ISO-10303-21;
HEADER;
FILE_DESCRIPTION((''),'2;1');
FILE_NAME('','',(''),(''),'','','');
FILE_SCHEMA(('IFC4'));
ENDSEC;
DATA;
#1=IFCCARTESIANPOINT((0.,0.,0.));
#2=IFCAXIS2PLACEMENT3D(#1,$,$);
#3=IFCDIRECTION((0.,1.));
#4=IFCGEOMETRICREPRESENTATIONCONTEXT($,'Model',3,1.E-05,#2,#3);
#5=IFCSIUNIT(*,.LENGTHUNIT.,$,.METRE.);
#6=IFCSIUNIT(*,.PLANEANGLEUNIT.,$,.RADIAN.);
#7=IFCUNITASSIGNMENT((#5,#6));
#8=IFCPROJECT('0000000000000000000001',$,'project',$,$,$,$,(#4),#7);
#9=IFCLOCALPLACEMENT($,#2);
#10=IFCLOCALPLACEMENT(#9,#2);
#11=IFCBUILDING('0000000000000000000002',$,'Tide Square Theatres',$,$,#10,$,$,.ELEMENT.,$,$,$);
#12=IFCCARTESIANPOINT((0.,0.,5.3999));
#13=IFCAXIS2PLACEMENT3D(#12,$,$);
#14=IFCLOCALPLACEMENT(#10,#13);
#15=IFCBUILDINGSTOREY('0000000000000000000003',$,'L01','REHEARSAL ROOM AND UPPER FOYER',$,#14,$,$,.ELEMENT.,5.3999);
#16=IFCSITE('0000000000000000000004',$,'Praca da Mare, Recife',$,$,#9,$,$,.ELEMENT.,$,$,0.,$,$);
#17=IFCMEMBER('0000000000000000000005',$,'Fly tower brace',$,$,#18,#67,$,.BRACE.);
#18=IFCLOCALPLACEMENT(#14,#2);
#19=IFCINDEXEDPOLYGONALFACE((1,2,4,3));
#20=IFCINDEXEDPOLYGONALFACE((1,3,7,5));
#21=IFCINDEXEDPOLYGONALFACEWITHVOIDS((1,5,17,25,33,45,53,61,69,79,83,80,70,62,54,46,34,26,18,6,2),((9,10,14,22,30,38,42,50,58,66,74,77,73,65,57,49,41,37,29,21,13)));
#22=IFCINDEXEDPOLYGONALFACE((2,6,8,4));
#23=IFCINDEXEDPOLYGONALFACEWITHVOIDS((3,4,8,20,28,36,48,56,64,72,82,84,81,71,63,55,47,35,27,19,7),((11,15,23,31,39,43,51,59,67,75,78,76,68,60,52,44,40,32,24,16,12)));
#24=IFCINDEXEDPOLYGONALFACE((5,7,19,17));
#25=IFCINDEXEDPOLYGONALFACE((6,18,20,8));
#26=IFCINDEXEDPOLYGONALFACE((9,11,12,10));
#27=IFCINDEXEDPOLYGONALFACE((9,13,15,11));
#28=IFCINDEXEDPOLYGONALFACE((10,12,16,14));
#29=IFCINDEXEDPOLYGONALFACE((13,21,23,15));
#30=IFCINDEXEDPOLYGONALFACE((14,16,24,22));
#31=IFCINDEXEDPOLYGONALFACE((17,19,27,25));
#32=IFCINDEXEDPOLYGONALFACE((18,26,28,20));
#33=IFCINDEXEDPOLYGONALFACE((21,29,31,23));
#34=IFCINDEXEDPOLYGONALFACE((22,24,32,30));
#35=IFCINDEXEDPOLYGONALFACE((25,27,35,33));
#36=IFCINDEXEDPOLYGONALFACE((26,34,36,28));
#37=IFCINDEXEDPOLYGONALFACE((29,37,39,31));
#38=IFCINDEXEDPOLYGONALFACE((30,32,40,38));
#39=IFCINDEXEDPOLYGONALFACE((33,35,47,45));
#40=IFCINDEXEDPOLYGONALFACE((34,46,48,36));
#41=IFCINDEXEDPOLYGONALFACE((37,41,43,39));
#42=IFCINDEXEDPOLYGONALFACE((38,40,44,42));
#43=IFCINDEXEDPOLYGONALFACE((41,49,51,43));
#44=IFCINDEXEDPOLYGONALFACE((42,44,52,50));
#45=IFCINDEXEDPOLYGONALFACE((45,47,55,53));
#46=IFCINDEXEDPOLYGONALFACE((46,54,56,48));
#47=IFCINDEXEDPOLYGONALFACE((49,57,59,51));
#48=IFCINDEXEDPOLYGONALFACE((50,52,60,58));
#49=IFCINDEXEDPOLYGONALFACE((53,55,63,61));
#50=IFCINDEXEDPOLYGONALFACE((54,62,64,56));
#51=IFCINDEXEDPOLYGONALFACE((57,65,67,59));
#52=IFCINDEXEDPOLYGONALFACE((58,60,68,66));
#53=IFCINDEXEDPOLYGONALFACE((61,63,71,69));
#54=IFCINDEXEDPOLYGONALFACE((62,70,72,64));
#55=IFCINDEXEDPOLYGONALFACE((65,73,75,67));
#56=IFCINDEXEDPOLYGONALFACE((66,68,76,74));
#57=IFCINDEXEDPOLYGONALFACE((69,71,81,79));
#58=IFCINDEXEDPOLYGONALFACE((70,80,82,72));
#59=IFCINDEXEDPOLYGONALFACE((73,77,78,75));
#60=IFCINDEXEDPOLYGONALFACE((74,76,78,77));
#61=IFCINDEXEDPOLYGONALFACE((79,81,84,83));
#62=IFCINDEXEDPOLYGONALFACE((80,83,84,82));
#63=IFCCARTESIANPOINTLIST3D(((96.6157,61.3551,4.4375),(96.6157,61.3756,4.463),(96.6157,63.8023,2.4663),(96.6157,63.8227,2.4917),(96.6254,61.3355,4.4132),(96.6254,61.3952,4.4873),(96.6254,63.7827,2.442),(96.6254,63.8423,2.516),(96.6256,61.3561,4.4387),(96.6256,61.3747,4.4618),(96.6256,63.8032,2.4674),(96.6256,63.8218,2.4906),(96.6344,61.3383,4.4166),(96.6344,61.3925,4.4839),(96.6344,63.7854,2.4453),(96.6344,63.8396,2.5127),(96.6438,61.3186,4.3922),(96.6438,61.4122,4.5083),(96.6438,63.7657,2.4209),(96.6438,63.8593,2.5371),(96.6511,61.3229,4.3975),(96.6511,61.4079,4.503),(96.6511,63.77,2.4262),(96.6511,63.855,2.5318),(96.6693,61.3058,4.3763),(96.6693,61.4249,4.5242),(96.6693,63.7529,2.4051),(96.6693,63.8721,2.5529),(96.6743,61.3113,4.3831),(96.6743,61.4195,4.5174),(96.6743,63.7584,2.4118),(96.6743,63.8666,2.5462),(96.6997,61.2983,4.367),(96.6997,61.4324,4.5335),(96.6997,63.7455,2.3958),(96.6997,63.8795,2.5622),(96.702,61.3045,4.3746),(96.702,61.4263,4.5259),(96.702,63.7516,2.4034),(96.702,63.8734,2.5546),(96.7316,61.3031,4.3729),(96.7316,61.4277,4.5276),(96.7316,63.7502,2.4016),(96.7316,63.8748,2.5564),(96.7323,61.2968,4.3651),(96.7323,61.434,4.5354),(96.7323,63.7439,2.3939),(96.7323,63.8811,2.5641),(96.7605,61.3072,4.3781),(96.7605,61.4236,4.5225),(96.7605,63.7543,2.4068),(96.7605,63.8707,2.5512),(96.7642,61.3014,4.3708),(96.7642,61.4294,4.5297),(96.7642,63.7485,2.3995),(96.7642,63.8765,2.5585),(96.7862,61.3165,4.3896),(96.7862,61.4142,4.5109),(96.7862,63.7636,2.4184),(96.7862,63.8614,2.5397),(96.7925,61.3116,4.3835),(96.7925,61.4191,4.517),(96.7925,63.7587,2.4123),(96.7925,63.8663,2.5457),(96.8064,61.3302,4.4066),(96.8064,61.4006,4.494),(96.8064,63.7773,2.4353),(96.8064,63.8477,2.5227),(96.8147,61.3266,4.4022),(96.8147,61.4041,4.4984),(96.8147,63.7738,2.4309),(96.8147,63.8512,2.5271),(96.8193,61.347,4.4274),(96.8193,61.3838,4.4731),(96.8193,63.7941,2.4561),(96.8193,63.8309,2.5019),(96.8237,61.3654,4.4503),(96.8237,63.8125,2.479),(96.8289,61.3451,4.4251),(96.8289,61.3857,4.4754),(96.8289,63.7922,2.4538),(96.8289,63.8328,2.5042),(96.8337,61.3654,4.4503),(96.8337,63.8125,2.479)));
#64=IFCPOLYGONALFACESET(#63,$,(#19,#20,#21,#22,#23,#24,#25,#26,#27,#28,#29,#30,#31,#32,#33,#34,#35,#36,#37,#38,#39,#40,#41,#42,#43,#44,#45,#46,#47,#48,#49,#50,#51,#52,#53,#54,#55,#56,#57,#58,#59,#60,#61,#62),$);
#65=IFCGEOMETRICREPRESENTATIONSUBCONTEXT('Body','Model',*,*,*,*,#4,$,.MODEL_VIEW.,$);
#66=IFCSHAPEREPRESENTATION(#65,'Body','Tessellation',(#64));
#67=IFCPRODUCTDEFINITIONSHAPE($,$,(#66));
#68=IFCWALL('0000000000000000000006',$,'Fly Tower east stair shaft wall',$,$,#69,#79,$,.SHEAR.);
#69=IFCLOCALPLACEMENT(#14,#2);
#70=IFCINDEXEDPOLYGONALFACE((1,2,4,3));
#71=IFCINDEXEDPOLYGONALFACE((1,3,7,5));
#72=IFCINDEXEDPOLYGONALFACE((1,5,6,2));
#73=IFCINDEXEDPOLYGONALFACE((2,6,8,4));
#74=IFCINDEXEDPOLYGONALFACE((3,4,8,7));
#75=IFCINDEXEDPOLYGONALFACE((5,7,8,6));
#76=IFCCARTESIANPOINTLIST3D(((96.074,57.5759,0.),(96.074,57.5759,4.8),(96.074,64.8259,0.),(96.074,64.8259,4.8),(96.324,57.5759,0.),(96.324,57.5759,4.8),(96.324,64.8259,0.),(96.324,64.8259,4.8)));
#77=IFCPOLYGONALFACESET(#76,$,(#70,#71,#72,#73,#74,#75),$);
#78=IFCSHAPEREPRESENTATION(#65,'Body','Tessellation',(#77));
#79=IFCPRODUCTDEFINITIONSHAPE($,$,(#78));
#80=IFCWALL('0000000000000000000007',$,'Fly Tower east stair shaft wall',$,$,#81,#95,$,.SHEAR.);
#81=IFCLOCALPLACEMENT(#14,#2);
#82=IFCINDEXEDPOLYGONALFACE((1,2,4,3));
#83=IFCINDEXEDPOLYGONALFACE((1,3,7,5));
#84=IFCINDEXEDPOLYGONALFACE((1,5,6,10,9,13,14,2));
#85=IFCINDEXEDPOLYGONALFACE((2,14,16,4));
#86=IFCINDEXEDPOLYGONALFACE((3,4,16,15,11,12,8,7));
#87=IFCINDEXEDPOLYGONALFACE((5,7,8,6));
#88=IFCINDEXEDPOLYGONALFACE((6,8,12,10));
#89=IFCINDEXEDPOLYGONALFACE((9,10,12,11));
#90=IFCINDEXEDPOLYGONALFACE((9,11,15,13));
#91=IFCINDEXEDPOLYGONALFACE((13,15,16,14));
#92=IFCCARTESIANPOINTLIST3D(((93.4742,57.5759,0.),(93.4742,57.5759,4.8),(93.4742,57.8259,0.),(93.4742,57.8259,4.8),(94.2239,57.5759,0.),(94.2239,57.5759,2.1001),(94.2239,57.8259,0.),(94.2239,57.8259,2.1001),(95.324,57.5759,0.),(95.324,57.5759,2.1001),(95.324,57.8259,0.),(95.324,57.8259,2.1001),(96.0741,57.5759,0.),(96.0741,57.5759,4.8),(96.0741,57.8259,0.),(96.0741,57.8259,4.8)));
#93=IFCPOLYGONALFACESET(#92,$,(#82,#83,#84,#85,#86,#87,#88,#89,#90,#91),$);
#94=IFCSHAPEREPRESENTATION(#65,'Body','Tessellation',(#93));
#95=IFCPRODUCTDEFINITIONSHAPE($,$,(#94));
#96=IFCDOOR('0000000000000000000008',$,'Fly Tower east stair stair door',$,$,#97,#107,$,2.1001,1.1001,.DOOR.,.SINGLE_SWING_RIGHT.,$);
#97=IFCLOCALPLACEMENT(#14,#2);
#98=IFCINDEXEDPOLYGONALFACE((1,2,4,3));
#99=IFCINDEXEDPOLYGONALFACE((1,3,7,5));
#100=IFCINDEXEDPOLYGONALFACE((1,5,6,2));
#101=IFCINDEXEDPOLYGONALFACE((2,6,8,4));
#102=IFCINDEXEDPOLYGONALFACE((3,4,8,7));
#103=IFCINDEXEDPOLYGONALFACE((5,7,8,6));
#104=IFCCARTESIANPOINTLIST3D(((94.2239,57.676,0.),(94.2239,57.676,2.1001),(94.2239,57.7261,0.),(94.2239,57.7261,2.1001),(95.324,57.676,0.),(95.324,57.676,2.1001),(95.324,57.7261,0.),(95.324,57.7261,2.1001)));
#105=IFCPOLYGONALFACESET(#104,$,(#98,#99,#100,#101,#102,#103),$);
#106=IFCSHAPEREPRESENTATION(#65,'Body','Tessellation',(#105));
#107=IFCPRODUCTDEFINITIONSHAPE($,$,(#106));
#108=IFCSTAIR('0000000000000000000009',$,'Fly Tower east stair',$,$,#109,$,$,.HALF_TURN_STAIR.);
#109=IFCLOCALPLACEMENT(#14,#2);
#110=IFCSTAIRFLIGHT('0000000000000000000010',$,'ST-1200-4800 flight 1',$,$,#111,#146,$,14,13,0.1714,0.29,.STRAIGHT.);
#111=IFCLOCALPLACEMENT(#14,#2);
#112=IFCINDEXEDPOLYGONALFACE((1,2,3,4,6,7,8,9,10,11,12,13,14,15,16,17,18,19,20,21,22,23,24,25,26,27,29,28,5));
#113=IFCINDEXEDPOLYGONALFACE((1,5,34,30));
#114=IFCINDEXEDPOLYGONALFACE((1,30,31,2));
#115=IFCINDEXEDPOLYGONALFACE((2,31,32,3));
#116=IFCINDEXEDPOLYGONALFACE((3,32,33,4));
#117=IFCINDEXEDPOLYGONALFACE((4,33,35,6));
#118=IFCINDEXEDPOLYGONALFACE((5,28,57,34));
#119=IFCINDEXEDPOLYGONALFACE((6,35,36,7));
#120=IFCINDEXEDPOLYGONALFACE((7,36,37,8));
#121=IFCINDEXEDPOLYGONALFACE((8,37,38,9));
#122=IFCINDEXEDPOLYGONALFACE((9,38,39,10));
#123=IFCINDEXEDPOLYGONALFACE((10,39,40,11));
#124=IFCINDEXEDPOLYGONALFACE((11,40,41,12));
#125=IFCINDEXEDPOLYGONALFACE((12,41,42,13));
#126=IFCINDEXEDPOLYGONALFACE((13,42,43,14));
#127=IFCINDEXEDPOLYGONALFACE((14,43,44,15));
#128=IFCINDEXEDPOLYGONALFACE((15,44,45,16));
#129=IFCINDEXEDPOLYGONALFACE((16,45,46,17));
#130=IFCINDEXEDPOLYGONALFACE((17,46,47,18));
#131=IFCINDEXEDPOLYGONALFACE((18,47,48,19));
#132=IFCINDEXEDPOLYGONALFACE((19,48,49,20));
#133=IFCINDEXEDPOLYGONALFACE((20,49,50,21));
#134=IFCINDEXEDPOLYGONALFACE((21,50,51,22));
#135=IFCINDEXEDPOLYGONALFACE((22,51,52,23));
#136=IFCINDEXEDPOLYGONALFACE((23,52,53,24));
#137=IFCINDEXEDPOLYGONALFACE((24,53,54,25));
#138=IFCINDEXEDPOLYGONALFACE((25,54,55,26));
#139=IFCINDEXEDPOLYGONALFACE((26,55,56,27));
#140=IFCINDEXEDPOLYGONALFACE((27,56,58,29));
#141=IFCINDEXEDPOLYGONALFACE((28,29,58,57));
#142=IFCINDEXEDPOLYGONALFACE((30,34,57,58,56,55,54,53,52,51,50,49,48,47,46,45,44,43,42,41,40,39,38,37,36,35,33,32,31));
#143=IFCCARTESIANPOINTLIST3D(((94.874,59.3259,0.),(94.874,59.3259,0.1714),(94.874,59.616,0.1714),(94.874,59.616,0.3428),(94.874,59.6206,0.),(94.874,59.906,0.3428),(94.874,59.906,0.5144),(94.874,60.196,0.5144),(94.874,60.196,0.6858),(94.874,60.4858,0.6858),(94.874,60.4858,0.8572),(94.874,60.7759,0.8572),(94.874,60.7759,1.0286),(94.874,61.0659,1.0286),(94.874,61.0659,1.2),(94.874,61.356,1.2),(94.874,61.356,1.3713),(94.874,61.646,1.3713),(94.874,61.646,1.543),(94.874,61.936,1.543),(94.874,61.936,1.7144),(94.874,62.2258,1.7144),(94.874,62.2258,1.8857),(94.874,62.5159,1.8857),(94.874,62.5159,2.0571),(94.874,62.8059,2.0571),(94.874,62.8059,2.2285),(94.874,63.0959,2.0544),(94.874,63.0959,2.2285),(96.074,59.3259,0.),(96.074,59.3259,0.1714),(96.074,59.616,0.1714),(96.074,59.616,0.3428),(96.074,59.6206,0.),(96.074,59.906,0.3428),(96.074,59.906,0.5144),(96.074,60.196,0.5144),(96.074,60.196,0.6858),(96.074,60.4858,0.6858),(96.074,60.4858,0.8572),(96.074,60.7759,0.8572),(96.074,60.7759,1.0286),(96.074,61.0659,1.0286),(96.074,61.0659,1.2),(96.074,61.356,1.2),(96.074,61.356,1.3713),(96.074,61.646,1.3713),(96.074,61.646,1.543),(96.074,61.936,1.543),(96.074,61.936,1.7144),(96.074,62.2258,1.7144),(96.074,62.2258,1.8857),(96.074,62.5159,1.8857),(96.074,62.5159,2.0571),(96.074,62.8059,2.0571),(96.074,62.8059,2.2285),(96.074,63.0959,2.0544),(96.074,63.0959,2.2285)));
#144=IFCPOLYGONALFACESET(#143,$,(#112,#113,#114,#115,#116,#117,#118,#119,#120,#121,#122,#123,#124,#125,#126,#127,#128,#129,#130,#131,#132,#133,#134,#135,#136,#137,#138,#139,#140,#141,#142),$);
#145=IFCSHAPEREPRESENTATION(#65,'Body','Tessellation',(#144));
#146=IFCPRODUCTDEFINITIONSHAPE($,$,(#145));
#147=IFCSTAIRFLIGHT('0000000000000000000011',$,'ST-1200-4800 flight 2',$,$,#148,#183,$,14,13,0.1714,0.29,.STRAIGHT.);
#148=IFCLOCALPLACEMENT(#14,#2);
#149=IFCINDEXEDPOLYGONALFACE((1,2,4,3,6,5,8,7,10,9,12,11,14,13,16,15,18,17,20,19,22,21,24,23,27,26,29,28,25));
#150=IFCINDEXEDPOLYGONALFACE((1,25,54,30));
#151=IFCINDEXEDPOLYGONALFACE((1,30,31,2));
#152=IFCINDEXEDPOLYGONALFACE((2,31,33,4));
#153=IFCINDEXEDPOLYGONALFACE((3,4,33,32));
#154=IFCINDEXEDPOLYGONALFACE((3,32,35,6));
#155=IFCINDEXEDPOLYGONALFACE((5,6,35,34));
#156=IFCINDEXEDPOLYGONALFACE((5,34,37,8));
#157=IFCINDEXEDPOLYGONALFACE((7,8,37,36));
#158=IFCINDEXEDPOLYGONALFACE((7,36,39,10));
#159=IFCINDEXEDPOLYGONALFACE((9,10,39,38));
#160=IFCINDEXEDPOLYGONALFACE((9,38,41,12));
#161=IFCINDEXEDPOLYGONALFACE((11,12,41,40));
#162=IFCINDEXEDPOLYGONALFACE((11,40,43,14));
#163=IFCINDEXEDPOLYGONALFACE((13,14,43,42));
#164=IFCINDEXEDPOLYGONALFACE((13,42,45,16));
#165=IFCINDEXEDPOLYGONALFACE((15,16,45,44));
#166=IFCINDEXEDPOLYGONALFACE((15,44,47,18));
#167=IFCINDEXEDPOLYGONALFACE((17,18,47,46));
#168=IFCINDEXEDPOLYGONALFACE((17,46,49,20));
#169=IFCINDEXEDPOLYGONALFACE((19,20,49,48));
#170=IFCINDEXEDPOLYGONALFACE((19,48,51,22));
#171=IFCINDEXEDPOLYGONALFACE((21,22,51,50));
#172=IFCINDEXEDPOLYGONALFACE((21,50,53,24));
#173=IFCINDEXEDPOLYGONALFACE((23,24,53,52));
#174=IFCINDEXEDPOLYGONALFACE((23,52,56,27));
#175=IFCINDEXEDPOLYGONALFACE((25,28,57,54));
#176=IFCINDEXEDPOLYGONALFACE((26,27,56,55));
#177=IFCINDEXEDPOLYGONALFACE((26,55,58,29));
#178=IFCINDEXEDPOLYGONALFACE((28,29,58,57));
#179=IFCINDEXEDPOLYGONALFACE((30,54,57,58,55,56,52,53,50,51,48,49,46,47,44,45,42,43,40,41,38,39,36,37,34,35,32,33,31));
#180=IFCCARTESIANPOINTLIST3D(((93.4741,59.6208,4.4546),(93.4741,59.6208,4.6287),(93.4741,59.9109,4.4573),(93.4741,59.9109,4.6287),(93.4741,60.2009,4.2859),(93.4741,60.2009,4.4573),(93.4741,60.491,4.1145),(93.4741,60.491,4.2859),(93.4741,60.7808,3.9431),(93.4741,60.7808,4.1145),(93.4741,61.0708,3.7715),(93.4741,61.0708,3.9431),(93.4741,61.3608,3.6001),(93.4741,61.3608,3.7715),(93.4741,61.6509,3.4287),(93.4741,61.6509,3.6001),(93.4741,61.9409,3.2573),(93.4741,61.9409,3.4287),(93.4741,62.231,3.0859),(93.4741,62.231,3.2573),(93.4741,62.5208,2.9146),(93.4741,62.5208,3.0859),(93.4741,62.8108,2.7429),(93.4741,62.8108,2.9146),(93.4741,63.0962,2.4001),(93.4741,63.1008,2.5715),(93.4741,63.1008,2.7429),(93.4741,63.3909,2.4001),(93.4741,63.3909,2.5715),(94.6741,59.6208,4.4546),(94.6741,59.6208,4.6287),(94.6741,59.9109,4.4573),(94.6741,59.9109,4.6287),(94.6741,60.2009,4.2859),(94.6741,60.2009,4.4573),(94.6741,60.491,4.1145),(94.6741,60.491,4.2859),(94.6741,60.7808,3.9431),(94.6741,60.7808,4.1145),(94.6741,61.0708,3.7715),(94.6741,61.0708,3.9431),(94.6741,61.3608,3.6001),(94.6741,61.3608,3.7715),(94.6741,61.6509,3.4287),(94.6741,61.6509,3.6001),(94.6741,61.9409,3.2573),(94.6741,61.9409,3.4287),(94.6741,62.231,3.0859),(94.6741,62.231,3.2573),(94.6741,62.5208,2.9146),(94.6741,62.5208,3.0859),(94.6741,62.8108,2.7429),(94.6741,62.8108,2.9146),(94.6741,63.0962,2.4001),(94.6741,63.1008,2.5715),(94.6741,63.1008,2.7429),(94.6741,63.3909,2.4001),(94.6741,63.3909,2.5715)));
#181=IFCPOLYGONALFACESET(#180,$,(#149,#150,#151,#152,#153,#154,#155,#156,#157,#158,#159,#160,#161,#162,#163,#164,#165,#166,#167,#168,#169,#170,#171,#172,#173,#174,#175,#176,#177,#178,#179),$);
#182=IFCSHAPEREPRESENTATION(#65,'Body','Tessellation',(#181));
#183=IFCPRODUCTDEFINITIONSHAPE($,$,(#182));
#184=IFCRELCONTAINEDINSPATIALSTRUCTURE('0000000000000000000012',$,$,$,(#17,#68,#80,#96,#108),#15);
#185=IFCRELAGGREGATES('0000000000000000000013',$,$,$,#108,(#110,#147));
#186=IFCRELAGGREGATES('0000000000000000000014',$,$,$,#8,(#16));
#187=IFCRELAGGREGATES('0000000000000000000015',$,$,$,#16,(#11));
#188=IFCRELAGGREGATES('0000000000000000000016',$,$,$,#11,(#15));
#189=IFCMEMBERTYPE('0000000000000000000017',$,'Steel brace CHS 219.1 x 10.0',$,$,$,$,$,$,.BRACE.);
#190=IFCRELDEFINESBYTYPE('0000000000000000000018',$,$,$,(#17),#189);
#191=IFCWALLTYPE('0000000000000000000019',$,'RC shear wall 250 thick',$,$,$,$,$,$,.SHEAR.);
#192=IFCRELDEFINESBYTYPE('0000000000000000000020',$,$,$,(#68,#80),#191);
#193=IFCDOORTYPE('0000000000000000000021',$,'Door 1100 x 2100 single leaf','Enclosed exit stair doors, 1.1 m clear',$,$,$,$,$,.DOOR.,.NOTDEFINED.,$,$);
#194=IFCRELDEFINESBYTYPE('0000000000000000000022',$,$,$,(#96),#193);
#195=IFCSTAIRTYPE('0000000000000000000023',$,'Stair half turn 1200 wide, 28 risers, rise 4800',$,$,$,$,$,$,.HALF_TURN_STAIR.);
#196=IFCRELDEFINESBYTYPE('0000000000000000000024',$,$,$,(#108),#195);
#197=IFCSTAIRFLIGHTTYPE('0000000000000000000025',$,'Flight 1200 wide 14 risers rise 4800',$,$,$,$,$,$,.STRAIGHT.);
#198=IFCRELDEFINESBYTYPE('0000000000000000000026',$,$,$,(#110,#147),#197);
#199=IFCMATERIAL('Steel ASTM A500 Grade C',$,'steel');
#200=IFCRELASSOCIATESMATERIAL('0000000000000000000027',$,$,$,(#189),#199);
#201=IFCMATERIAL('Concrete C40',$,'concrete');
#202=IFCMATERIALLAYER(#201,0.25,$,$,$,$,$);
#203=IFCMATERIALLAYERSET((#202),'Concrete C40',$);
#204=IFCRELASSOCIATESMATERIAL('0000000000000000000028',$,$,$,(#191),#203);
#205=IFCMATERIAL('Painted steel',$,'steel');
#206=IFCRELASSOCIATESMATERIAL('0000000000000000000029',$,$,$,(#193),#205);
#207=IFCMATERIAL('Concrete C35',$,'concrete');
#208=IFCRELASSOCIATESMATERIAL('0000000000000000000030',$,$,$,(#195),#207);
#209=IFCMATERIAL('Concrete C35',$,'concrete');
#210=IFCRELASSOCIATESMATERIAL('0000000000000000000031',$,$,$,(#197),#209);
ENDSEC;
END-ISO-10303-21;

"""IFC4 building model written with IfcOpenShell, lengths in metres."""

from ifc_helpers import new_model, si_unit, direction, frame, frame_2d, origin, origin_2d, place, context, subcontext, project, spatial, polyline, rectangle, hollow_circle, outline, extrude, material, layer, layer_set, material_profile, profile_set, type_object, element, fill, aggregate, save


model = new_model("IFC4")

# Units and contexts
model_context = context("Model", 3, precision=1e-05, world=origin(), true_north=direction((0.0, 1.0)))
body_context = subcontext(model_context, "Body", "Model", "MODEL_VIEW")
ifc_project = project(units=[si_unit("LENGTHUNIT", "METRE"), si_unit("PLANEANGLEUNIT", "RADIAN")], contexts=[model_context])

# Site, building, storey
site_placement = place(None, origin())
site = spatial("IfcSite", under=ifc_project, at=site_placement, Name="Praca da Mare, Recife", CompositionType="ELEMENT", RefElevation=0.0)
building_placement = place(site_placement, origin())
building = spatial("IfcBuilding", under=site, at=building_placement, Name="Tide Square Theatres", CompositionType="ELEMENT")
storey_placement = place(building_placement, frame((0.0, 0.0, 5.3999)))
storey = spatial("IfcBuildingStorey", under=building, at=storey_placement, Name="L01", Description="REHEARSAL ROOM AND UPPER FOYER", CompositionType="ELEMENT", Elevation=5.3999)

# Member
ifc_material_1 = material(Name="Steel ASTM A500 Grade C", Category="steel")
ifc_material_profile_1 = material_profile(ifc_material_1, hollow_circle(Radius=0.1096, WallThickness=0.01, at=origin_2d()))
ifc_profile_set_1 = profile_set([ifc_material_profile_1], Name="Steel ASTM A500 Grade C")
member_type = type_object("IfcMemberType", Name="Steel brace CHS 219.1 x 10.0", PredefinedType="BRACE", material=ifc_profile_set_1)
member_1_placement = place(storey_placement, frame((96.7241, 63.8125, 2.479), z_axis=(0.0, -0.778757, 0.627326), x_axis=(1.0, 0.0, 0.0)))
element("IfcMember", 1, at=member_1_placement, inside=storey, type_object=member_type, Name="Fly tower brace", PredefinedType="BRACE", context=body_context, shape_type="SweptSolid", body=[
    extrude(hollow_circle(Radius=0.1096, WallThickness=0.01, at=origin_2d()), origin(), (0.0, 0.0, 1.0), 3.1423),
])

# Wall
ifc_material_2 = material(Name="Concrete C40", Category="concrete")
ifc_layer = layer(ifc_material_2, 0.25)
ifc_layer_set = layer_set([ifc_layer], Name="Concrete C40")
wall_type = type_object("IfcWallType", Name="RC shear wall 250 thick", PredefinedType="SHEAR", material=ifc_layer_set)
wall_1_placement = place(storey_placement, frame((96.199, 57.5759, 0.0), z_axis=(0.0, 0.0, 1.0), x_axis=(0.0, 1.0, 0.0)))
element("IfcWall", 2, at=wall_1_placement, inside=storey, type_object=wall_type, Name="Fly Tower east stair shaft wall", PredefinedType="SHEAR", context=body_context, shape_type="SweptSolid", body=[
    extrude(rectangle(XDim=7.25, YDim=0.25, at=frame_2d((3.625, 0.0))), origin(), (0.0, 0.0, 1.0), 4.8),
])

# Wall, opening, door
wall_2_placement = place(storey_placement, frame((96.074, 57.7009, 0.0), z_axis=(0.0, 0.0, 1.0), x_axis=(-1.0, 0.0, 0.0)))
wall_2 = element("IfcWall", 3, at=wall_2_placement, inside=storey, type_object=wall_type, Name="Fly Tower east stair shaft wall", PredefinedType="SHEAR", context=body_context, shape_type="SweptSolid", body=[
    extrude(rectangle(XDim=2.5999, YDim=0.25, at=frame_2d((1.2998, 0.0))), origin(), (0.0, 0.0, 1.0), 4.8),
])
opening_placement = place(wall_2_placement, frame((0.75, 0.0, 0.0)))
opening = element("IfcOpeningElement", 4, at=opening_placement, cuts=wall_2, PredefinedType="OPENING", context=body_context, shape_type="SweptSolid", body=[
    extrude(rectangle(XDim=1.1001, YDim=2.1001, at=frame_2d((0.55, 1.05))), frame((0.0, 0.135, 0.0), z_axis=(0.0, -1.0, 0.0), x_axis=(1.0, 0.0, 0.0)), (0.0, 0.0, 1.0), 0.27),
])
ifc_material_3 = material(Name="Painted steel", Category="steel")
door_type = type_object("IfcDoorType", Name="Door 1100 x 2100 single leaf", Description="Enclosed exit stair doors, 1.1 m clear", OperationType="NOTDEFINED", PredefinedType="DOOR", material=ifc_material_3)
door_placement = place(opening_placement, origin())
door = element("IfcDoor", 5, at=door_placement, inside=storey, type_object=door_type, Name="Fly Tower east stair stair door", OperationType="SINGLE_SWING_RIGHT", OverallHeight=2.1001, OverallWidth=1.1001, PredefinedType="DOOR", context=body_context, shape_type="SweptSolid", body=[
    extrude(rectangle(XDim=1.1001, YDim=2.1001, at=frame_2d((0.55, 1.05))), frame((0.0, 0.0249, 0.0), z_axis=(0.0, -1.0, 0.0), x_axis=(1.0, 0.0, 0.0)), (0.0, 0.0, 1.0), 0.05),
])
fill(opening, door)

# Stair, stair flights
ifc_material_4 = material(Name="Concrete C35", Category="concrete")
stair_type = type_object("IfcStairType", Name="Stair half turn 1200 wide, 28 risers, rise 4800", PredefinedType="HALF_TURN_STAIR", material=ifc_material_4)
stair_placement = place(storey_placement, origin())
stair = element("IfcStair", 6, at=stair_placement, inside=storey, type_object=stair_type, Name="Fly Tower east stair", PredefinedType="HALF_TURN_STAIR")
ifc_material_5 = material(Name="Concrete C35", Category="concrete")
stair_flight_type = type_object("IfcStairFlightType", Name="Flight 1200 wide 14 risers rise 4800", PredefinedType="STRAIGHT", material=ifc_material_5)
stair_flight_1_placement = place(storey_placement, frame((95.4741, 59.3259, 0.0), z_axis=(0.0, 0.0, 1.0), x_axis=(0.0, 1.0, 0.0)))
stair_flight_1 = element("IfcStairFlight", 7, at=stair_flight_1_placement, type_object=stair_flight_type, Name="ST-1200-4800 flight 1", NumberOfRisers=14, NumberOfTreads=13, PredefinedType="STRAIGHT", RiserHeight=0.1714, TreadLength=0.29, context=body_context, shape_type="SweptSolid", body=[
    extrude(outline(polyline([(0.0, 0.0), (0.0, 0.1714), (0.29, 0.1714), (0.29, 0.3428), (0.5801, 0.3428), (0.5801, 0.5144), (0.8701, 0.5144), (0.8701, 0.6858), (1.1599, 0.6858), (1.1599, 0.8572), (1.45, 0.8572), (1.45, 1.0286), (1.74, 1.0286), (1.74, 1.2), (2.03, 1.2), (2.03, 1.3713), (2.3201, 1.3713), (2.3201, 1.543), (2.6101, 1.543), (2.6101, 1.7144), (2.8999, 1.7144), (2.8999, 1.8857), (3.1899, 1.8857), (3.1899, 2.0571), (3.48, 2.0571), (3.48, 2.2285), (3.77, 2.2285), (3.77, 2.3999), (3.77, 2.0544), (0.2947, 0.0), (0.0, 0.0)])), frame((0.0, 0.6001, 0.0), z_axis=(0.0, -1.0, 0.0), x_axis=(1.0, 0.0, 0.0)), (0.0, 0.0, 1.0), 1.2),
])
stair_flight_2_placement = place(storey_placement, frame((94.074, 63.3909, 2.4001), z_axis=(0.0, 0.0, 1.0), x_axis=(0.0, -1.0, 0.0)))
stair_flight_2 = element("IfcStairFlight", 8, at=stair_flight_2_placement, type_object=stair_flight_type, Name="ST-1200-4800 flight 2", NumberOfRisers=14, NumberOfTreads=13, PredefinedType="STRAIGHT", RiserHeight=0.1714, TreadLength=0.29, context=body_context, shape_type="SweptSolid", body=[
    extrude(outline(polyline([(0.0, 0.0), (0.0, 0.1714), (0.29, 0.1714), (0.29, 0.3428), (0.5801, 0.3428), (0.5801, 0.5144), (0.8701, 0.5144), (0.8701, 0.6858), (1.1599, 0.6858), (1.1599, 0.8572), (1.45, 0.8572), (1.45, 1.0286), (1.74, 1.0286), (1.74, 1.2), (2.03, 1.2), (2.03, 1.3713), (2.3201, 1.3713), (2.3201, 1.543), (2.6101, 1.543), (2.6101, 1.7144), (2.8999, 1.7144), (2.8999, 1.8857), (3.1899, 1.8857), (3.1899, 2.0571), (3.48, 2.0571), (3.48, 2.2285), (3.77, 2.2285), (3.77, 2.3999), (3.77, 2.0544), (0.2947, 0.0), (0.0, 0.0)])), frame((0.0, 0.6001, 0.0), z_axis=(0.0, -1.0, 0.0), x_axis=(1.0, 0.0, 0.0)), (0.0, 0.0, 1.0), 1.2),
])
aggregate(stair, [stair_flight_1, stair_flight_2])

save(model, "model.ifc")
